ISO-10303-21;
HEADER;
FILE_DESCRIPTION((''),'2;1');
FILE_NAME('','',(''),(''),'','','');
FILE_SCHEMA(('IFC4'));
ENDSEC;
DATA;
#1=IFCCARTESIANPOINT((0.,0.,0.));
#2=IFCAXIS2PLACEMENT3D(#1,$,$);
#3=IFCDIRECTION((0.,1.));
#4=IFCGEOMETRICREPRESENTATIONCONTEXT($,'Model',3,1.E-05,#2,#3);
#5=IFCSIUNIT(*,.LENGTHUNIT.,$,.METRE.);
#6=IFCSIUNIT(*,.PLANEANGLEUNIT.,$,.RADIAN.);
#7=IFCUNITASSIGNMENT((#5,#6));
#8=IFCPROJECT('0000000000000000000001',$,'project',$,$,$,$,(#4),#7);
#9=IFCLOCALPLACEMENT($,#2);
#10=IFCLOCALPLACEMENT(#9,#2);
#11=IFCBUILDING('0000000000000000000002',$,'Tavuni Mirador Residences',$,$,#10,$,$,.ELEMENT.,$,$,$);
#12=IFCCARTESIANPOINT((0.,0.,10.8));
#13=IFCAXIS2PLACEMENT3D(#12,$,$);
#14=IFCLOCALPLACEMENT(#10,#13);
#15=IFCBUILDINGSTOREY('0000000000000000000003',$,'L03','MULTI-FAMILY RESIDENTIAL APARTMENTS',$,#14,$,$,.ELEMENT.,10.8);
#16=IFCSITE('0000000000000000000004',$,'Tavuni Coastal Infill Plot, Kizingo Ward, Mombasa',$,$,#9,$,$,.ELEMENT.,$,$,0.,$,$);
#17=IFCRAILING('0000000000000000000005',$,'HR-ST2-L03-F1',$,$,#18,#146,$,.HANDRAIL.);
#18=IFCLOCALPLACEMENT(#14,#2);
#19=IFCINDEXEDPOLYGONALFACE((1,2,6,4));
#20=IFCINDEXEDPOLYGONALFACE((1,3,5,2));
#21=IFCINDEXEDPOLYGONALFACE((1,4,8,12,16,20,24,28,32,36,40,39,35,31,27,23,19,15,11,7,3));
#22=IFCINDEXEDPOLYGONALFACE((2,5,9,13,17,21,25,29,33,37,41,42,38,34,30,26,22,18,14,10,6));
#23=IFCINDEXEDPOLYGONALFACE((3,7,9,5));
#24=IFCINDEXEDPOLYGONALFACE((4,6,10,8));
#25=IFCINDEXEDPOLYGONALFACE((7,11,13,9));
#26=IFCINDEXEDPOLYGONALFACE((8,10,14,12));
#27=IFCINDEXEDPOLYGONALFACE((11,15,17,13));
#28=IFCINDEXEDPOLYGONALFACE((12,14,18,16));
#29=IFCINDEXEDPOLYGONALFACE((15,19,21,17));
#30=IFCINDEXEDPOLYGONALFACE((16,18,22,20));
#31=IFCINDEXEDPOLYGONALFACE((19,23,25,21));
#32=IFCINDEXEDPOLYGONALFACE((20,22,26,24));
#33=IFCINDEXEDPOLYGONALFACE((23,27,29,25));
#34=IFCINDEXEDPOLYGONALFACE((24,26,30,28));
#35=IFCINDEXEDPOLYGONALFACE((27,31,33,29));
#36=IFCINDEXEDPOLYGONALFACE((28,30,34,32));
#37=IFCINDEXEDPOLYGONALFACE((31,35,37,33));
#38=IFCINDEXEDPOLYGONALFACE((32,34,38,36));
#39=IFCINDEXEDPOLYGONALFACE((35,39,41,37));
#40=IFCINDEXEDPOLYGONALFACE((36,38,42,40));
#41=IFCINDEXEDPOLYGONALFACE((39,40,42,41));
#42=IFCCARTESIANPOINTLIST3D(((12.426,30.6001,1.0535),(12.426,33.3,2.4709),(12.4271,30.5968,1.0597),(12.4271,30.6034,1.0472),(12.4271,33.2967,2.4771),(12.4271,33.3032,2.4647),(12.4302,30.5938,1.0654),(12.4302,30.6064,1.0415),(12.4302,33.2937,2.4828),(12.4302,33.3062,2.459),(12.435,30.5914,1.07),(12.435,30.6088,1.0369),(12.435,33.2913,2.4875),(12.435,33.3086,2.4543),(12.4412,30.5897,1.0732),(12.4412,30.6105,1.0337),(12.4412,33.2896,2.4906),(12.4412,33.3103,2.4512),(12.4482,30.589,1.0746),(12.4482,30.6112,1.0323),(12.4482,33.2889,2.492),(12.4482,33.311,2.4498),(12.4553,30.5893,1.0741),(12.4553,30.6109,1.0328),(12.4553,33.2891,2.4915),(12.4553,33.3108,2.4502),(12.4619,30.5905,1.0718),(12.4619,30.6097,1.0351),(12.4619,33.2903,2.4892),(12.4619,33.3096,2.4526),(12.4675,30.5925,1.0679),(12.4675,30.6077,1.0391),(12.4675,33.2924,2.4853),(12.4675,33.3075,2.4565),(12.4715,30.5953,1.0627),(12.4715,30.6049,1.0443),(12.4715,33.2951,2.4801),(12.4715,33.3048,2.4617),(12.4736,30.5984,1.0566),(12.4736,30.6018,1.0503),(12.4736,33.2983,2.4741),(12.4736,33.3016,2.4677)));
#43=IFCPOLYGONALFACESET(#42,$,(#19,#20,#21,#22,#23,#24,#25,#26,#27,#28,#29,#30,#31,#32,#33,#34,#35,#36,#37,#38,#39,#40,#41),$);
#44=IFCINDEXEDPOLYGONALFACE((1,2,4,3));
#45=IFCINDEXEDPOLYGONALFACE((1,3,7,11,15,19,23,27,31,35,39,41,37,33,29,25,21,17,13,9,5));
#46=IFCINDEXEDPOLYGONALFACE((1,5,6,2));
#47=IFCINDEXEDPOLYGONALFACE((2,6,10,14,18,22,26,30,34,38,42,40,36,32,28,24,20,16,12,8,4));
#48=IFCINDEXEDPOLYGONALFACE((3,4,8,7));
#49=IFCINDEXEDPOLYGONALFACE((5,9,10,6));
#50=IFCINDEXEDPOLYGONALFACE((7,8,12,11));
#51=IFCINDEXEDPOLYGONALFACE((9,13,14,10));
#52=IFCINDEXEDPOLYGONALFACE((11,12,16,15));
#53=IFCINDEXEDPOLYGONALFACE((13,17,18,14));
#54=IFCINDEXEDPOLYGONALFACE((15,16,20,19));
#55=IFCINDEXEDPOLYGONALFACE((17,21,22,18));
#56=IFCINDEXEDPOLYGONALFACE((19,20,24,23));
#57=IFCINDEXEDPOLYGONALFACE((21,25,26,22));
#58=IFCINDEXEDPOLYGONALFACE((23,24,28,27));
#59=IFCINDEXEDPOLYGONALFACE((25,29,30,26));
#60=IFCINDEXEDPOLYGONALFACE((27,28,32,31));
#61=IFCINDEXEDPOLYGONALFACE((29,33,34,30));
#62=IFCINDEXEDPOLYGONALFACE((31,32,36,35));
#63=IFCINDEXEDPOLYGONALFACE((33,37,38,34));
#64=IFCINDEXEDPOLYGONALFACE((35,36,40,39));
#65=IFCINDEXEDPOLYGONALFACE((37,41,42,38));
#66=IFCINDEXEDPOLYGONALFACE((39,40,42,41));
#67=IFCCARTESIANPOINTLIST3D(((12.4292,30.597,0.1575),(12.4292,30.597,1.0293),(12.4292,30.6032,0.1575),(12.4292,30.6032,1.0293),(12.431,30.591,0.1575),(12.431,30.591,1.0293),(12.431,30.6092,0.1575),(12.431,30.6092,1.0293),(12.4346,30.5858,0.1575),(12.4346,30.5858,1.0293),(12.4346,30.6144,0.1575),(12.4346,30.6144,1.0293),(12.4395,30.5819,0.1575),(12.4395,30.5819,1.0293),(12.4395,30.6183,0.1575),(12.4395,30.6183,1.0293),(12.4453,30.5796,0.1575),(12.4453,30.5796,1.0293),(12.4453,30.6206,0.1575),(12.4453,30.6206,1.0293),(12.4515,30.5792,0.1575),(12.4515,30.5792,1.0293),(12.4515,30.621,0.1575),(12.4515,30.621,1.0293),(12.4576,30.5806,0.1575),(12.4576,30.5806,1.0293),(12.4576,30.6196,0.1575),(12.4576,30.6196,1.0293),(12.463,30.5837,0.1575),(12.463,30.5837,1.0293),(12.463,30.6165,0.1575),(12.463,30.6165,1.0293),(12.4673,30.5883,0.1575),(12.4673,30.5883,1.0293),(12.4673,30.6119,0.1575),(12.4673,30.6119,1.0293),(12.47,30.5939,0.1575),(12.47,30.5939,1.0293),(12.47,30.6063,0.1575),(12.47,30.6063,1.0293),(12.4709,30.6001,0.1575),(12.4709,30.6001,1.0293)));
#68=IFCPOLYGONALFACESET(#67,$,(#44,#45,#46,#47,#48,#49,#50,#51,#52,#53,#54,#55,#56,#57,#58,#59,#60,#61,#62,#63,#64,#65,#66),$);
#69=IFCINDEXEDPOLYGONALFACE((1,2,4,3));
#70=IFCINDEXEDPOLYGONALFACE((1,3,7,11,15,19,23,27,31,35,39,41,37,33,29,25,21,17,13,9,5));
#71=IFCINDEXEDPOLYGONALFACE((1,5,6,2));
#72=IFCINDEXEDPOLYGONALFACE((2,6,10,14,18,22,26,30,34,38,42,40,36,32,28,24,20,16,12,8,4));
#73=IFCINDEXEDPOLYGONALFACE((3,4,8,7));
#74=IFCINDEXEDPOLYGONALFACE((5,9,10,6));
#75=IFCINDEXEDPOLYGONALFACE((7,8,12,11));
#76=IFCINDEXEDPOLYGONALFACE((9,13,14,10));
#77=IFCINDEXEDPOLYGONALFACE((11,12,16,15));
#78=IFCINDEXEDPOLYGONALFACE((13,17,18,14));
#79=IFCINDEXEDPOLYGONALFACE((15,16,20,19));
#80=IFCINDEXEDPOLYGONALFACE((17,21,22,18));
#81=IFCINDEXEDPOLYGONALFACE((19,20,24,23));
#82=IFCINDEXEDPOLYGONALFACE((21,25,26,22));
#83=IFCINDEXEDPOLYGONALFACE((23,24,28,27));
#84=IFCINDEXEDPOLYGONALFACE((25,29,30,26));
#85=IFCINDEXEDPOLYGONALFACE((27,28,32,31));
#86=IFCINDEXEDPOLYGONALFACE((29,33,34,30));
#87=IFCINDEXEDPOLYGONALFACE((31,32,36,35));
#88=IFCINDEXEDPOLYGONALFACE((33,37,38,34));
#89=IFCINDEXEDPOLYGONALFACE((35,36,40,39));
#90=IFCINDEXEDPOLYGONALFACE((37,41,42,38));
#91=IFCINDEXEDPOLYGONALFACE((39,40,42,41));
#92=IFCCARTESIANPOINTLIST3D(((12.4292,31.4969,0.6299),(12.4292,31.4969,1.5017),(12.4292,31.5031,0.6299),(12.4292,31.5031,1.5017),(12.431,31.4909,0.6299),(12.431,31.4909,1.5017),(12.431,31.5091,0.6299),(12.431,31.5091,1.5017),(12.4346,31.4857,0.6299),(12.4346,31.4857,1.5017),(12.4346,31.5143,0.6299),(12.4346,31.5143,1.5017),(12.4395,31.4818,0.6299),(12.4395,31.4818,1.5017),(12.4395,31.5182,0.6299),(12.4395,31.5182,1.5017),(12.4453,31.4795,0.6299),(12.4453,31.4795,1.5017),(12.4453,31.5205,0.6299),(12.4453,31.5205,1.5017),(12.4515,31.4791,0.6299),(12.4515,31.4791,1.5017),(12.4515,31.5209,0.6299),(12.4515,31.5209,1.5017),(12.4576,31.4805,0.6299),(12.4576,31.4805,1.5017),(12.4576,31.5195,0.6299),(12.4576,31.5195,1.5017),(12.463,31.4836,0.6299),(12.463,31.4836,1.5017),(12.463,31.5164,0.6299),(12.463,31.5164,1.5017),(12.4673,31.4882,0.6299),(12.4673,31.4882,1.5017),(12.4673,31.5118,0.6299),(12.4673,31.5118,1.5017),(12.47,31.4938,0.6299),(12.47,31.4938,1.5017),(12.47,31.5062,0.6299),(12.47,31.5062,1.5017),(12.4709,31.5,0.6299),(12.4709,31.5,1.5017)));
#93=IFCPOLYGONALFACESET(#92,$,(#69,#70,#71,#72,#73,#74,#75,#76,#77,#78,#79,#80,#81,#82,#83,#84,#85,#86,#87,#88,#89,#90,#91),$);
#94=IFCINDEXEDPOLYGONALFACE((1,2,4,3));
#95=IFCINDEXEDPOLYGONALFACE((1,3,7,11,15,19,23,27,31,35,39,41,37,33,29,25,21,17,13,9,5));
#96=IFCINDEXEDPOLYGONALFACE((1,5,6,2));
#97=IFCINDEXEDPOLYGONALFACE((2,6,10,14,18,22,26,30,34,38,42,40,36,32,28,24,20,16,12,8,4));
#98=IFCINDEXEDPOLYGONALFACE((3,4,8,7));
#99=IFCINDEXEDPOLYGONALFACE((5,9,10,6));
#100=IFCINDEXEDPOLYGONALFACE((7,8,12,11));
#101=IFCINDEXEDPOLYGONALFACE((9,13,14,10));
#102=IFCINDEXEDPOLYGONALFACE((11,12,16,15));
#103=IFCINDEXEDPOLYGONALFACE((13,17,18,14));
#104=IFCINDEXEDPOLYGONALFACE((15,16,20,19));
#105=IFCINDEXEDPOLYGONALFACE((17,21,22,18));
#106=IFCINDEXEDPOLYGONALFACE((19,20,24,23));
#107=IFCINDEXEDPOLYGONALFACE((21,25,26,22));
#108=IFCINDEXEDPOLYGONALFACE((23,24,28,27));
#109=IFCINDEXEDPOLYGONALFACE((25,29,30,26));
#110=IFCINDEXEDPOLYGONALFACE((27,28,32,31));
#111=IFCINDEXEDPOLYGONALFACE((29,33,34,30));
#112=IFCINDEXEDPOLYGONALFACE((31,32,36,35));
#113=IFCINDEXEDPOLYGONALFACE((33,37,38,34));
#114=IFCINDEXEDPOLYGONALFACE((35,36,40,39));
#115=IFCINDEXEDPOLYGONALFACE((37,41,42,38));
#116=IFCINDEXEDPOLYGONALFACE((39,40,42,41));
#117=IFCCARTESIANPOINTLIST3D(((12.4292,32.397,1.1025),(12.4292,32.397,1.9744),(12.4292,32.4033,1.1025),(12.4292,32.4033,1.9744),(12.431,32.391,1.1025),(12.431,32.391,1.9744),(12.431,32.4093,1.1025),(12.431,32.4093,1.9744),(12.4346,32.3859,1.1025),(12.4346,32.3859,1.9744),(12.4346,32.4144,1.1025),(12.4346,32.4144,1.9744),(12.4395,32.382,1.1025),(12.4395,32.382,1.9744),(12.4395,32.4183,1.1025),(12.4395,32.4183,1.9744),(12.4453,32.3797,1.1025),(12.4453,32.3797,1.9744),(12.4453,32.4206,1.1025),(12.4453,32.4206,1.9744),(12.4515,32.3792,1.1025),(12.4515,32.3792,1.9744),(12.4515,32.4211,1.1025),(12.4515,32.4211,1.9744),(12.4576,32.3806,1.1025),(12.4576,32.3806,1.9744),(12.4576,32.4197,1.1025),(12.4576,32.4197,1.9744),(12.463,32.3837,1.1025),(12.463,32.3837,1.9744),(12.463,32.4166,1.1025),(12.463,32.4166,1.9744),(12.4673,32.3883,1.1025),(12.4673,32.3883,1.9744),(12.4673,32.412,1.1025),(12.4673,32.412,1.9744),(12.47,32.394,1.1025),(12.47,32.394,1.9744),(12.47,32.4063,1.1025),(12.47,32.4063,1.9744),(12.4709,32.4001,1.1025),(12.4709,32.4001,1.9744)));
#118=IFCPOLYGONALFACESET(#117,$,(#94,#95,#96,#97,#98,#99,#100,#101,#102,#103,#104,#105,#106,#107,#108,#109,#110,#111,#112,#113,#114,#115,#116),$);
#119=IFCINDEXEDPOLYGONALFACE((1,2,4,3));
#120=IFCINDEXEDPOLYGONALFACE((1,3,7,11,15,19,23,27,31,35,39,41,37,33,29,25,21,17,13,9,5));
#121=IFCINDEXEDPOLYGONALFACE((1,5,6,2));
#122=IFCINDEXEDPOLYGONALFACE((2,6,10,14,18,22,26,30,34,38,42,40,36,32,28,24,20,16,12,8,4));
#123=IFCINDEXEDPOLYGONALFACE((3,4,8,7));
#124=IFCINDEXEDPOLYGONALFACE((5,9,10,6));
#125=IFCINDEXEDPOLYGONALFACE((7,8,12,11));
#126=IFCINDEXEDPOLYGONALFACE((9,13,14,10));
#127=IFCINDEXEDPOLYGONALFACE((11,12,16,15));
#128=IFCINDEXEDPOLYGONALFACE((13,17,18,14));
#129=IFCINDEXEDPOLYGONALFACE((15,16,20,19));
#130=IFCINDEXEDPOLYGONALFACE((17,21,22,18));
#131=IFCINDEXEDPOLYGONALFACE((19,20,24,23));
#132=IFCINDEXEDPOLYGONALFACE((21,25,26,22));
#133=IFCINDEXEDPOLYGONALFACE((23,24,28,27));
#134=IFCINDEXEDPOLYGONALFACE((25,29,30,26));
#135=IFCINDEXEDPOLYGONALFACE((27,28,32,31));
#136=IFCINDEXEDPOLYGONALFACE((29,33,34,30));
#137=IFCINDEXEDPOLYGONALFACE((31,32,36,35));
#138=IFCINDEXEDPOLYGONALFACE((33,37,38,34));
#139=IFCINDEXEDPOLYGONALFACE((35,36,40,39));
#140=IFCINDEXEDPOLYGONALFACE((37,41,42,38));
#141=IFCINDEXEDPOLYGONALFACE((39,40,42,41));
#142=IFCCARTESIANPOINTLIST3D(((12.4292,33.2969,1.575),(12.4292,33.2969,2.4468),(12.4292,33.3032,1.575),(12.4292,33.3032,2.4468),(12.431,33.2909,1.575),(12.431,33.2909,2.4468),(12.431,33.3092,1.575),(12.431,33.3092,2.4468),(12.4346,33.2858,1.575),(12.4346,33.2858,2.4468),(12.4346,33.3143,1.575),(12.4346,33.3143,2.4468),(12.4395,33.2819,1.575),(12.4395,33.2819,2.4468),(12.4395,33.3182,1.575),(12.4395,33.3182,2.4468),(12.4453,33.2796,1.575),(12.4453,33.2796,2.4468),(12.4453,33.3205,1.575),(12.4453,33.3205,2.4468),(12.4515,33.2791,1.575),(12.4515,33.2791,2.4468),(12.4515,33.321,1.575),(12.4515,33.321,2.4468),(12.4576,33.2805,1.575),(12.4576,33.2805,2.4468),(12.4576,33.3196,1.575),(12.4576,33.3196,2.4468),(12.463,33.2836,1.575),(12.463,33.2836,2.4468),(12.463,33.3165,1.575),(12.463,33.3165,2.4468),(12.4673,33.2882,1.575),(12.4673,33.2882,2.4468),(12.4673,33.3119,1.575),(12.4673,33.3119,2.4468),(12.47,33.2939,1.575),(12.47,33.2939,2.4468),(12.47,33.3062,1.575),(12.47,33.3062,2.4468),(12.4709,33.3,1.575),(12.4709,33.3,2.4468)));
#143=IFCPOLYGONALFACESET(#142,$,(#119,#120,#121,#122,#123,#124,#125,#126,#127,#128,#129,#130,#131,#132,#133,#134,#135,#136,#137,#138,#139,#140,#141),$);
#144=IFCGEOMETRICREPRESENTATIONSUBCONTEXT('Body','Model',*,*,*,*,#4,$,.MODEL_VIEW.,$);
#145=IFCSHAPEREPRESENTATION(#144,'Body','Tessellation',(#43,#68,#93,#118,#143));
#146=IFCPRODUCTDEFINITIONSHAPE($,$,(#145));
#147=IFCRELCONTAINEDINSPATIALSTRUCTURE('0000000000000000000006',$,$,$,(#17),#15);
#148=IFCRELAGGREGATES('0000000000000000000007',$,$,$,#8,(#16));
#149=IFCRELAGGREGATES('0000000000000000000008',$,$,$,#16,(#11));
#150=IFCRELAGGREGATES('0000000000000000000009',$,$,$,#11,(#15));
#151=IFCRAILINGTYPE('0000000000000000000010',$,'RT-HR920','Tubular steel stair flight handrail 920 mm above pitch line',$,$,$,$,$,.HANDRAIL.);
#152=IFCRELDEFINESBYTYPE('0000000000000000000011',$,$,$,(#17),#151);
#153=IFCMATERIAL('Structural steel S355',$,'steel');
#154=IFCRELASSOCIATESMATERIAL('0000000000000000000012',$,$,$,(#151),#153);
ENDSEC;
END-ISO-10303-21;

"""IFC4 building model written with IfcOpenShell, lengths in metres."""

from ifc_helpers import new_model, si_unit, direction, frame, origin, origin_2d, place, context, subcontext, project, spatial, circle, extrude, material, type_object, element, save


model = new_model("IFC4")

# Units and contexts
model_context = context("Model", 3, precision=1e-05, world=origin(), true_north=direction((0.0, 1.0)))
body_context = subcontext(model_context, "Body", "Model", "MODEL_VIEW")
ifc_project = project(units=[si_unit("LENGTHUNIT", "METRE"), si_unit("PLANEANGLEUNIT", "RADIAN")], contexts=[model_context])

# Site, building, storey
site_placement = place(None, origin())
site = spatial("IfcSite", under=ifc_project, at=site_placement, Name="Tavuni Coastal Infill Plot, Kizingo Ward, Mombasa", CompositionType="ELEMENT", RefElevation=0.0)
building_placement = place(site_placement, origin())
building = spatial("IfcBuilding", under=site, at=building_placement, Name="Tavuni Mirador Residences", CompositionType="ELEMENT")
storey_placement = place(building_placement, frame((0.0, 0.0, 10.8)))
storey = spatial("IfcBuildingStorey", under=building, at=storey_placement, Name="L03", Description="MULTI-FAMILY RESIDENTIAL APARTMENTS", CompositionType="ELEMENT", Elevation=10.8)

# Shared definitions
ifc_material_1 = material(Name="Structural steel S355", Category="steel")

# Railing
railing_type_1 = type_object("IfcRailingType", Name="RT-HR920", Description="Tubular steel stair flight handrail 920 mm above pitch line", PredefinedType="HANDRAIL", material=ifc_material_1)
railing_1_placement = place(storey_placement, frame((12.45, 30.6001, 0.1575)))
element("IfcRailing", 1, at=railing_1_placement, inside=storey, type_object=railing_type_1, Name="HR-ST2-L03-F1", PredefinedType="HANDRAIL", context=body_context, shape_type="SweptSolid", body=[
    extrude(circle(Radius=0.0239, at=origin_2d()), frame((0.0, 0.0, 0.896), z_axis=(0.0, 0.885397, 0.464835), x_axis=(-1.0, 0.0, 0.0)), (0.0, 0.0, 1.0), 3.0493),
    extrude(circle(Radius=0.021, at=origin_2d()), origin(), (0.0, 0.0, 1.0), 0.8718),
    extrude(circle(Radius=0.021, at=origin_2d()), frame((0.0, 0.8999, 0.4724)), (0.0, 0.0, 1.0), 0.8718),
    extrude(circle(Radius=0.021, at=origin_2d()), frame((0.0, 1.8, 0.9451)), (0.0, 0.0, 1.0), 0.8718),
    extrude(circle(Radius=0.021, at=origin_2d()), frame((0.0, 2.7, 1.4175)), (0.0, 0.0, 1.0), 0.8718),
])

save(model, "model.ifc")
